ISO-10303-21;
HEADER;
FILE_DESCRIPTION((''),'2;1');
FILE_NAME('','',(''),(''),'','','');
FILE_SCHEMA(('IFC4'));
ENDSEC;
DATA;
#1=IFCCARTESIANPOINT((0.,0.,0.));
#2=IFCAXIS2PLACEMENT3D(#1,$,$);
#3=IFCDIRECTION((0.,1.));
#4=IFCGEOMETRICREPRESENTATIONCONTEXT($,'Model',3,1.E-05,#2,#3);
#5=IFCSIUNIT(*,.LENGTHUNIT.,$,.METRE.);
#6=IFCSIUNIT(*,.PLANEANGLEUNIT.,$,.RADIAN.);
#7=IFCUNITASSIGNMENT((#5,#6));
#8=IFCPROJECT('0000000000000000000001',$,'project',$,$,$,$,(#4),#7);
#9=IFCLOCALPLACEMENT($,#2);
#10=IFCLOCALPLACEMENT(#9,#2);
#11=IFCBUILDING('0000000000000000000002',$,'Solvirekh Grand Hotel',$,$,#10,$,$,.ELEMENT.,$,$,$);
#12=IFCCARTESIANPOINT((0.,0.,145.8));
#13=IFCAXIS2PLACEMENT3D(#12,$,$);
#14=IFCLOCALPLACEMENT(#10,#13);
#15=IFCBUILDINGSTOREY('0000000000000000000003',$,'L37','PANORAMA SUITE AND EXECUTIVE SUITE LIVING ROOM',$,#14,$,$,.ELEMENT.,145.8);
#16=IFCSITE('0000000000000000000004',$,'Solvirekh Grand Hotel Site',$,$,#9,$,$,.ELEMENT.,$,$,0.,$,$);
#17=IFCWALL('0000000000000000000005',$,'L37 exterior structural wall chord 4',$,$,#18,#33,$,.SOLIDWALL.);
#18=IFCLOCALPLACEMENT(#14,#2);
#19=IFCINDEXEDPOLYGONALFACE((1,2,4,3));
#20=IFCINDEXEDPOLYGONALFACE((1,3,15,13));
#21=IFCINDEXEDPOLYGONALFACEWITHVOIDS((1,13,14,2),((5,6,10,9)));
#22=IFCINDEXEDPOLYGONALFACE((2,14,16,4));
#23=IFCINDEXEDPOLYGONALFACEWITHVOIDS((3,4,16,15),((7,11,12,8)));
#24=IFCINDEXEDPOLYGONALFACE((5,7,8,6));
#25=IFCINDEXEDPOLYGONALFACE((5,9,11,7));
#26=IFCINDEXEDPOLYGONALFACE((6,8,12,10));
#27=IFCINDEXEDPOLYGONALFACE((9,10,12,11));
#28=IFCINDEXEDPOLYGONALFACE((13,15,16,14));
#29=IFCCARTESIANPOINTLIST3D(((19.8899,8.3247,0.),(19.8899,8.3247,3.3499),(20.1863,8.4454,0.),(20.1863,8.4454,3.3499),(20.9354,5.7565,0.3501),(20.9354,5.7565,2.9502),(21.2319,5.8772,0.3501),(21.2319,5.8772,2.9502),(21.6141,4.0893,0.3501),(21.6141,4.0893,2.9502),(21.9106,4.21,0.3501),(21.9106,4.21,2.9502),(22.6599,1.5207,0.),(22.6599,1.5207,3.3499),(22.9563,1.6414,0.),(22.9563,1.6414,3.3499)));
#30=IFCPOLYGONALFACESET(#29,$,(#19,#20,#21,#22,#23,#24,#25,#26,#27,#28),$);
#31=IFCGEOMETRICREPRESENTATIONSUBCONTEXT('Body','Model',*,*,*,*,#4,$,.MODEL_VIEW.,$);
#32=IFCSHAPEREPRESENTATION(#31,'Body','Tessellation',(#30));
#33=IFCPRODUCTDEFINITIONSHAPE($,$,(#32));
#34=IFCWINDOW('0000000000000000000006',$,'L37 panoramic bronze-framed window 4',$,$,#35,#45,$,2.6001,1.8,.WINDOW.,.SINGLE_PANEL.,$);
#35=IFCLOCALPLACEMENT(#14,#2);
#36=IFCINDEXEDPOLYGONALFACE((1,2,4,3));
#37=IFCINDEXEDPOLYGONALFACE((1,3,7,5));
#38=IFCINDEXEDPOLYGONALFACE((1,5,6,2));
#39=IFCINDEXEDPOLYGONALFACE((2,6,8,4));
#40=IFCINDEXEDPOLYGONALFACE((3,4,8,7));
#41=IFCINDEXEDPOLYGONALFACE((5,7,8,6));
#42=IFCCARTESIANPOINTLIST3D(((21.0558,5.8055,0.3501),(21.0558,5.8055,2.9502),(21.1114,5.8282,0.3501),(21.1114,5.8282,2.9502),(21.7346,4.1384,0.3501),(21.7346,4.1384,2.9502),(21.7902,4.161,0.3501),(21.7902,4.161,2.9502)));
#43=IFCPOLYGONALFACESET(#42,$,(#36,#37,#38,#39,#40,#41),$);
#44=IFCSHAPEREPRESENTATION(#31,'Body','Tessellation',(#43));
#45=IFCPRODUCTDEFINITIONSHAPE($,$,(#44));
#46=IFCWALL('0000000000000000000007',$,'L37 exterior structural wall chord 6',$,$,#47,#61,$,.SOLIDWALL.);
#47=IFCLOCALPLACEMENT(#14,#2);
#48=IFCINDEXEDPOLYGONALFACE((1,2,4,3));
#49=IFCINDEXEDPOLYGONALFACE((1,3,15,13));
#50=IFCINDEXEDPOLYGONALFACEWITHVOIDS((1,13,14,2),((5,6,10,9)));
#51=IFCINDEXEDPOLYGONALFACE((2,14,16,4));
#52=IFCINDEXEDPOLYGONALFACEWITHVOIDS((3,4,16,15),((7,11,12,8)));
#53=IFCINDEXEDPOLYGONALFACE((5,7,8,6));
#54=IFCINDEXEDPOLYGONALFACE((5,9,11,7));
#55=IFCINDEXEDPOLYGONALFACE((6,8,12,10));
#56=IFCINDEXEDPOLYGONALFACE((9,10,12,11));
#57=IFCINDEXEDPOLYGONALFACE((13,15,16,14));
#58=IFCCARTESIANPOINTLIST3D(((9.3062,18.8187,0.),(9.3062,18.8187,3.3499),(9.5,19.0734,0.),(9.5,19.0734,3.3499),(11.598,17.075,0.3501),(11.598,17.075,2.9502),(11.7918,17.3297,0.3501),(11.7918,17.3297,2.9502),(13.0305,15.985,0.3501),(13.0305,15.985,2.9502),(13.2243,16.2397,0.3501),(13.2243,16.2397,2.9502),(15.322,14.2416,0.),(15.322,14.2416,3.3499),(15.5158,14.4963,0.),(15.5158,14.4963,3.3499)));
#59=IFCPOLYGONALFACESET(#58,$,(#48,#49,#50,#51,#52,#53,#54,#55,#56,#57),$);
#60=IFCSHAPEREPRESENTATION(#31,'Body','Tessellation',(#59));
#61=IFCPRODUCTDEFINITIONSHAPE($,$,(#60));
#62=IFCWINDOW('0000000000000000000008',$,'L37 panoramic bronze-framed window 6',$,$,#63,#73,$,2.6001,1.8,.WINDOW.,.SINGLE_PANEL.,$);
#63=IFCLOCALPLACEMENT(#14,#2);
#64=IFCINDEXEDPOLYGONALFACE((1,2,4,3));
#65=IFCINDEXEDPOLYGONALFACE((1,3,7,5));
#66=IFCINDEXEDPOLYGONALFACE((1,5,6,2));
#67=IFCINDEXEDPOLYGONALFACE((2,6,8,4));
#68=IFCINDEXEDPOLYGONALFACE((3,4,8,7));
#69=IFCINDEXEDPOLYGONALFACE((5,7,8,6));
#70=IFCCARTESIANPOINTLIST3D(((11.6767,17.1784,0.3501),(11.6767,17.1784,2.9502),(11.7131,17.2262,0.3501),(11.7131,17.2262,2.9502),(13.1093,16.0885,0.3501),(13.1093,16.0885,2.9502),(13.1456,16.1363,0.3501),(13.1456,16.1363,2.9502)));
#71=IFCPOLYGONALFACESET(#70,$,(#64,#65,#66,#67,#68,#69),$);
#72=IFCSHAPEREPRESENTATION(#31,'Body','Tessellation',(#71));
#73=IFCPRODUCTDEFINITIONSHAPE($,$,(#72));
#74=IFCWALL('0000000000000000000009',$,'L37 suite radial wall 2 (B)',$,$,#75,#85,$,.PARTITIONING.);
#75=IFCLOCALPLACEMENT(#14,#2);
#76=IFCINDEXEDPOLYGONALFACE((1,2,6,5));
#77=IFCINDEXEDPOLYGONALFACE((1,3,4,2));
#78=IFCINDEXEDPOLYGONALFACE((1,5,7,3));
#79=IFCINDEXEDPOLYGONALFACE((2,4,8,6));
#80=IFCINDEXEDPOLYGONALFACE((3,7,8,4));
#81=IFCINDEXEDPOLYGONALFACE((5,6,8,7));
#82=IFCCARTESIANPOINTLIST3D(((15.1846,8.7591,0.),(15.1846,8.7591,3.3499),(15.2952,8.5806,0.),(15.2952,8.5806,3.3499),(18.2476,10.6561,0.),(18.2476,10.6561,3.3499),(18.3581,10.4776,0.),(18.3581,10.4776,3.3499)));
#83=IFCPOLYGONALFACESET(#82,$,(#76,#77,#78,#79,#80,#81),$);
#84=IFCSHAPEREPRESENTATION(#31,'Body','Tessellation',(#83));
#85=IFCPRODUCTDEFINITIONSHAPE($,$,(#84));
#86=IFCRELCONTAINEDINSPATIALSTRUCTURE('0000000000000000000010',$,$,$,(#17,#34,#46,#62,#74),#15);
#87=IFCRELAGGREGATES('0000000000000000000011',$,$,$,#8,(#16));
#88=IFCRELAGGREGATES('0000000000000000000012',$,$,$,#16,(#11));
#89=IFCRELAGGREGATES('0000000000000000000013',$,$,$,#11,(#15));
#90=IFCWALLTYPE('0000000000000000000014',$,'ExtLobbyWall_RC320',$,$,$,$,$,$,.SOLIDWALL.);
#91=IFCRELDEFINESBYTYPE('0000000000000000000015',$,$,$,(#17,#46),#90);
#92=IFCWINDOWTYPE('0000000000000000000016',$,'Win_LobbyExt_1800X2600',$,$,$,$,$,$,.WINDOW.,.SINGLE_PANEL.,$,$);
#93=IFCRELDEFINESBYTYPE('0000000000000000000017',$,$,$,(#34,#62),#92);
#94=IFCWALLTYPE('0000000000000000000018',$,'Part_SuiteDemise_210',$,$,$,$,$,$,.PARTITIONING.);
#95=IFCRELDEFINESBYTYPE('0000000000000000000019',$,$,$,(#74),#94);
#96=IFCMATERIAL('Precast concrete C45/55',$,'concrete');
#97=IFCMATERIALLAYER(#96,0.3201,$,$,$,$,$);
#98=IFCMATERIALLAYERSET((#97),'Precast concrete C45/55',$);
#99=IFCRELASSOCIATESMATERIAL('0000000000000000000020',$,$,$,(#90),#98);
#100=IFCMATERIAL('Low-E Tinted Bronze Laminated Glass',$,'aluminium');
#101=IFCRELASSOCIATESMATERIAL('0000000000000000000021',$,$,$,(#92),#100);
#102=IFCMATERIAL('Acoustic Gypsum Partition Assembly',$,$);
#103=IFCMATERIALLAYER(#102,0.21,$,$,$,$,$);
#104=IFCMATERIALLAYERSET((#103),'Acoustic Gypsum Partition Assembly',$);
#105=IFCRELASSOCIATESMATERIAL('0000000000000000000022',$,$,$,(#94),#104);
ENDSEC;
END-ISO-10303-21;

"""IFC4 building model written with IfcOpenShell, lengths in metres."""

from ifc_helpers import new_model, si_unit, direction, frame, frame_2d, origin, place, context, subcontext, project, spatial, rectangle, extrude, material, layer, layer_set, type_object, element, fill, save


model = new_model("IFC4")

# Units and contexts
model_context = context("Model", 3, precision=1e-05, world=origin(), true_north=direction((0.0, 1.0)))
body_context = subcontext(model_context, "Body", "Model", "MODEL_VIEW")
ifc_project = project(units=[si_unit("LENGTHUNIT", "METRE"), si_unit("PLANEANGLEUNIT", "RADIAN")], contexts=[model_context])

# Site, building, storey
site_placement = place(None, origin())
site = spatial("IfcSite", under=ifc_project, at=site_placement, Name="Solvirekh Grand Hotel Site", CompositionType="ELEMENT", RefElevation=0.0)
building_placement = place(site_placement, origin())
building = spatial("IfcBuilding", under=site, at=building_placement, Name="Solvirekh Grand Hotel", CompositionType="ELEMENT")
storey_placement = place(building_placement, frame((0.0, 0.0, 145.8)))
storey = spatial("IfcBuildingStorey", under=building, at=storey_placement, Name="L37", Description="PANORAMA SUITE AND EXECUTIVE SUITE LIVING ROOM", CompositionType="ELEMENT", Elevation=145.8)

# Shared definitions
ifc_material_1 = material(Name="Low-E Tinted Bronze Laminated Glass", Category="aluminium")

# Walls, openings, windows
ifc_material_2 = material(Name="Precast concrete C45/55", Category="concrete")
ifc_layer_1 = layer(ifc_material_2, 0.3201)
ifc_layer_set_1 = layer_set([ifc_layer_1], Name="Precast concrete C45/55")
wall_type_1 = type_object("IfcWallType", Name="ExtLobbyWall_RC320", PredefinedType="SOLIDWALL", material=ifc_layer_set_1)
wall_1_placement = place(storey_placement, frame((20.0381, 8.385, 0.0), z_axis=(0.0, 0.0, 1.0), x_axis=(0.377068, -0.926186, 0.0)))
wall_1 = element("IfcWall", 1, at=wall_1_placement, inside=storey, type_object=wall_type_1, Name="L37 exterior structural wall chord 4", PredefinedType="SOLIDWALL", context=body_context, shape_type="SweptSolid", body=[
    extrude(rectangle(XDim=7.3462, YDim=0.3201, at=frame_2d((3.6731, 0.0))), origin(), (0.0, 0.0, 1.0), 3.3499),
])
opening_1_placement = place(wall_1_placement, frame((2.7729, 0.0, 0.3501)))
opening_1 = element("IfcOpeningElement", 2, at=opening_1_placement, cuts=wall_1, PredefinedType="OPENING", context=body_context, shape_type="SweptSolid", body=[
    extrude(rectangle(XDim=1.8, YDim=2.6001, at=frame_2d((0.8999, 1.3))), frame((0.0, 0.1699, 0.0), z_axis=(0.0, -1.0, 0.0), x_axis=(1.0, 0.0, 0.0)), (0.0, 0.0, 1.0), 0.3401),
])
window_type = type_object("IfcWindowType", Name="Win_LobbyExt_1800X2600", PartitioningType="SINGLE_PANEL", PredefinedType="WINDOW", material=ifc_material_1)
window_1_placement = place(opening_1_placement, origin())
window_1 = element("IfcWindow", 3, at=window_1_placement, inside=storey, type_object=window_type, Name="L37 panoramic bronze-framed window 4", OverallHeight=2.6001, OverallWidth=1.8, PartitioningType="SINGLE_PANEL", PredefinedType="WINDOW", context=body_context, shape_type="SweptSolid", body=[
    extrude(rectangle(XDim=1.8, YDim=2.6001, at=frame_2d((0.8999, 1.3))), frame((0.0, 0.03, 0.0), z_axis=(0.0, -1.0, 0.0), x_axis=(1.0, 0.0, 0.0)), (0.0, 0.0, 1.0), 0.0601),
])
fill(opening_1, window_1)
wall_2_placement = place(storey_placement, frame((9.4031, 18.946, 0.0), z_axis=(0.0, 0.0, 1.0), x_axis=(0.795838, -0.60551, 0.0)))
wall_2 = element("IfcWall", 4, at=wall_2_placement, inside=storey, type_object=wall_type_1, Name="L37 exterior structural wall chord 6", PredefinedType="SOLIDWALL", context=body_context, shape_type="SweptSolid", body=[
    extrude(rectangle(XDim=7.5591, YDim=0.3201, at=frame_2d((3.7795, 0.0))), origin(), (0.0, 0.0, 1.0), 3.3499),
])
opening_2_placement = place(wall_2_placement, frame((2.8799, 0.0, 0.3501)))
opening_2 = element("IfcOpeningElement", 5, at=opening_2_placement, cuts=wall_2, PredefinedType="OPENING", context=body_context, shape_type="SweptSolid", body=[
    extrude(rectangle(XDim=1.8, YDim=2.6001, at=frame_2d((0.8999, 1.3))), frame((0.0, 0.1699, 0.0), z_axis=(0.0, -1.0, 0.0), x_axis=(1.0, 0.0, 0.0)), (0.0, 0.0, 1.0), 0.3401),
])
window_2_placement = place(opening_2_placement, origin())
window_2 = element("IfcWindow", 6, at=window_2_placement, inside=storey, type_object=window_type, Name="L37 panoramic bronze-framed window 6", OverallHeight=2.6001, OverallWidth=1.8, PartitioningType="SINGLE_PANEL", PredefinedType="WINDOW", context=body_context, shape_type="SweptSolid", body=[
    extrude(rectangle(XDim=1.8, YDim=2.6001, at=frame_2d((0.8999, 1.3))), frame((0.0, 0.03, 0.0), z_axis=(0.0, -1.0, 0.0), x_axis=(1.0, 0.0, 0.0)), (0.0, 0.0, 1.0), 0.0601),
])
fill(opening_2, window_2)

# Wall
ifc_material_3 = material(Name="Acoustic Gypsum Partition Assembly")
ifc_layer_2 = layer(ifc_material_3, 0.21)
ifc_layer_set_2 = layer_set([ifc_layer_2], Name="Acoustic Gypsum Partition Assembly")
wall_type_2 = type_object("IfcWallType", Name="Part_SuiteDemise_210", PredefinedType="PARTITIONING", material=ifc_layer_set_2)
wall_3_placement = place(storey_placement, frame((15.24, 8.6699, 0.0), z_axis=(0.0, 0.0, 1.0), x_axis=(0.850161, 0.526523, 0.0)))
element("IfcWall", 7, at=wall_3_placement, inside=storey, type_object=wall_type_2, Name="L37 suite radial wall 2 (B)", PredefinedType="PARTITIONING", context=body_context, shape_type="SweptSolid", body=[
    extrude(rectangle(XDim=3.6028, YDim=0.21, at=frame_2d((1.8013, 0.0))), origin(), (0.0, 0.0, 1.0), 3.3499),
])

save(model, "model.ifc")
